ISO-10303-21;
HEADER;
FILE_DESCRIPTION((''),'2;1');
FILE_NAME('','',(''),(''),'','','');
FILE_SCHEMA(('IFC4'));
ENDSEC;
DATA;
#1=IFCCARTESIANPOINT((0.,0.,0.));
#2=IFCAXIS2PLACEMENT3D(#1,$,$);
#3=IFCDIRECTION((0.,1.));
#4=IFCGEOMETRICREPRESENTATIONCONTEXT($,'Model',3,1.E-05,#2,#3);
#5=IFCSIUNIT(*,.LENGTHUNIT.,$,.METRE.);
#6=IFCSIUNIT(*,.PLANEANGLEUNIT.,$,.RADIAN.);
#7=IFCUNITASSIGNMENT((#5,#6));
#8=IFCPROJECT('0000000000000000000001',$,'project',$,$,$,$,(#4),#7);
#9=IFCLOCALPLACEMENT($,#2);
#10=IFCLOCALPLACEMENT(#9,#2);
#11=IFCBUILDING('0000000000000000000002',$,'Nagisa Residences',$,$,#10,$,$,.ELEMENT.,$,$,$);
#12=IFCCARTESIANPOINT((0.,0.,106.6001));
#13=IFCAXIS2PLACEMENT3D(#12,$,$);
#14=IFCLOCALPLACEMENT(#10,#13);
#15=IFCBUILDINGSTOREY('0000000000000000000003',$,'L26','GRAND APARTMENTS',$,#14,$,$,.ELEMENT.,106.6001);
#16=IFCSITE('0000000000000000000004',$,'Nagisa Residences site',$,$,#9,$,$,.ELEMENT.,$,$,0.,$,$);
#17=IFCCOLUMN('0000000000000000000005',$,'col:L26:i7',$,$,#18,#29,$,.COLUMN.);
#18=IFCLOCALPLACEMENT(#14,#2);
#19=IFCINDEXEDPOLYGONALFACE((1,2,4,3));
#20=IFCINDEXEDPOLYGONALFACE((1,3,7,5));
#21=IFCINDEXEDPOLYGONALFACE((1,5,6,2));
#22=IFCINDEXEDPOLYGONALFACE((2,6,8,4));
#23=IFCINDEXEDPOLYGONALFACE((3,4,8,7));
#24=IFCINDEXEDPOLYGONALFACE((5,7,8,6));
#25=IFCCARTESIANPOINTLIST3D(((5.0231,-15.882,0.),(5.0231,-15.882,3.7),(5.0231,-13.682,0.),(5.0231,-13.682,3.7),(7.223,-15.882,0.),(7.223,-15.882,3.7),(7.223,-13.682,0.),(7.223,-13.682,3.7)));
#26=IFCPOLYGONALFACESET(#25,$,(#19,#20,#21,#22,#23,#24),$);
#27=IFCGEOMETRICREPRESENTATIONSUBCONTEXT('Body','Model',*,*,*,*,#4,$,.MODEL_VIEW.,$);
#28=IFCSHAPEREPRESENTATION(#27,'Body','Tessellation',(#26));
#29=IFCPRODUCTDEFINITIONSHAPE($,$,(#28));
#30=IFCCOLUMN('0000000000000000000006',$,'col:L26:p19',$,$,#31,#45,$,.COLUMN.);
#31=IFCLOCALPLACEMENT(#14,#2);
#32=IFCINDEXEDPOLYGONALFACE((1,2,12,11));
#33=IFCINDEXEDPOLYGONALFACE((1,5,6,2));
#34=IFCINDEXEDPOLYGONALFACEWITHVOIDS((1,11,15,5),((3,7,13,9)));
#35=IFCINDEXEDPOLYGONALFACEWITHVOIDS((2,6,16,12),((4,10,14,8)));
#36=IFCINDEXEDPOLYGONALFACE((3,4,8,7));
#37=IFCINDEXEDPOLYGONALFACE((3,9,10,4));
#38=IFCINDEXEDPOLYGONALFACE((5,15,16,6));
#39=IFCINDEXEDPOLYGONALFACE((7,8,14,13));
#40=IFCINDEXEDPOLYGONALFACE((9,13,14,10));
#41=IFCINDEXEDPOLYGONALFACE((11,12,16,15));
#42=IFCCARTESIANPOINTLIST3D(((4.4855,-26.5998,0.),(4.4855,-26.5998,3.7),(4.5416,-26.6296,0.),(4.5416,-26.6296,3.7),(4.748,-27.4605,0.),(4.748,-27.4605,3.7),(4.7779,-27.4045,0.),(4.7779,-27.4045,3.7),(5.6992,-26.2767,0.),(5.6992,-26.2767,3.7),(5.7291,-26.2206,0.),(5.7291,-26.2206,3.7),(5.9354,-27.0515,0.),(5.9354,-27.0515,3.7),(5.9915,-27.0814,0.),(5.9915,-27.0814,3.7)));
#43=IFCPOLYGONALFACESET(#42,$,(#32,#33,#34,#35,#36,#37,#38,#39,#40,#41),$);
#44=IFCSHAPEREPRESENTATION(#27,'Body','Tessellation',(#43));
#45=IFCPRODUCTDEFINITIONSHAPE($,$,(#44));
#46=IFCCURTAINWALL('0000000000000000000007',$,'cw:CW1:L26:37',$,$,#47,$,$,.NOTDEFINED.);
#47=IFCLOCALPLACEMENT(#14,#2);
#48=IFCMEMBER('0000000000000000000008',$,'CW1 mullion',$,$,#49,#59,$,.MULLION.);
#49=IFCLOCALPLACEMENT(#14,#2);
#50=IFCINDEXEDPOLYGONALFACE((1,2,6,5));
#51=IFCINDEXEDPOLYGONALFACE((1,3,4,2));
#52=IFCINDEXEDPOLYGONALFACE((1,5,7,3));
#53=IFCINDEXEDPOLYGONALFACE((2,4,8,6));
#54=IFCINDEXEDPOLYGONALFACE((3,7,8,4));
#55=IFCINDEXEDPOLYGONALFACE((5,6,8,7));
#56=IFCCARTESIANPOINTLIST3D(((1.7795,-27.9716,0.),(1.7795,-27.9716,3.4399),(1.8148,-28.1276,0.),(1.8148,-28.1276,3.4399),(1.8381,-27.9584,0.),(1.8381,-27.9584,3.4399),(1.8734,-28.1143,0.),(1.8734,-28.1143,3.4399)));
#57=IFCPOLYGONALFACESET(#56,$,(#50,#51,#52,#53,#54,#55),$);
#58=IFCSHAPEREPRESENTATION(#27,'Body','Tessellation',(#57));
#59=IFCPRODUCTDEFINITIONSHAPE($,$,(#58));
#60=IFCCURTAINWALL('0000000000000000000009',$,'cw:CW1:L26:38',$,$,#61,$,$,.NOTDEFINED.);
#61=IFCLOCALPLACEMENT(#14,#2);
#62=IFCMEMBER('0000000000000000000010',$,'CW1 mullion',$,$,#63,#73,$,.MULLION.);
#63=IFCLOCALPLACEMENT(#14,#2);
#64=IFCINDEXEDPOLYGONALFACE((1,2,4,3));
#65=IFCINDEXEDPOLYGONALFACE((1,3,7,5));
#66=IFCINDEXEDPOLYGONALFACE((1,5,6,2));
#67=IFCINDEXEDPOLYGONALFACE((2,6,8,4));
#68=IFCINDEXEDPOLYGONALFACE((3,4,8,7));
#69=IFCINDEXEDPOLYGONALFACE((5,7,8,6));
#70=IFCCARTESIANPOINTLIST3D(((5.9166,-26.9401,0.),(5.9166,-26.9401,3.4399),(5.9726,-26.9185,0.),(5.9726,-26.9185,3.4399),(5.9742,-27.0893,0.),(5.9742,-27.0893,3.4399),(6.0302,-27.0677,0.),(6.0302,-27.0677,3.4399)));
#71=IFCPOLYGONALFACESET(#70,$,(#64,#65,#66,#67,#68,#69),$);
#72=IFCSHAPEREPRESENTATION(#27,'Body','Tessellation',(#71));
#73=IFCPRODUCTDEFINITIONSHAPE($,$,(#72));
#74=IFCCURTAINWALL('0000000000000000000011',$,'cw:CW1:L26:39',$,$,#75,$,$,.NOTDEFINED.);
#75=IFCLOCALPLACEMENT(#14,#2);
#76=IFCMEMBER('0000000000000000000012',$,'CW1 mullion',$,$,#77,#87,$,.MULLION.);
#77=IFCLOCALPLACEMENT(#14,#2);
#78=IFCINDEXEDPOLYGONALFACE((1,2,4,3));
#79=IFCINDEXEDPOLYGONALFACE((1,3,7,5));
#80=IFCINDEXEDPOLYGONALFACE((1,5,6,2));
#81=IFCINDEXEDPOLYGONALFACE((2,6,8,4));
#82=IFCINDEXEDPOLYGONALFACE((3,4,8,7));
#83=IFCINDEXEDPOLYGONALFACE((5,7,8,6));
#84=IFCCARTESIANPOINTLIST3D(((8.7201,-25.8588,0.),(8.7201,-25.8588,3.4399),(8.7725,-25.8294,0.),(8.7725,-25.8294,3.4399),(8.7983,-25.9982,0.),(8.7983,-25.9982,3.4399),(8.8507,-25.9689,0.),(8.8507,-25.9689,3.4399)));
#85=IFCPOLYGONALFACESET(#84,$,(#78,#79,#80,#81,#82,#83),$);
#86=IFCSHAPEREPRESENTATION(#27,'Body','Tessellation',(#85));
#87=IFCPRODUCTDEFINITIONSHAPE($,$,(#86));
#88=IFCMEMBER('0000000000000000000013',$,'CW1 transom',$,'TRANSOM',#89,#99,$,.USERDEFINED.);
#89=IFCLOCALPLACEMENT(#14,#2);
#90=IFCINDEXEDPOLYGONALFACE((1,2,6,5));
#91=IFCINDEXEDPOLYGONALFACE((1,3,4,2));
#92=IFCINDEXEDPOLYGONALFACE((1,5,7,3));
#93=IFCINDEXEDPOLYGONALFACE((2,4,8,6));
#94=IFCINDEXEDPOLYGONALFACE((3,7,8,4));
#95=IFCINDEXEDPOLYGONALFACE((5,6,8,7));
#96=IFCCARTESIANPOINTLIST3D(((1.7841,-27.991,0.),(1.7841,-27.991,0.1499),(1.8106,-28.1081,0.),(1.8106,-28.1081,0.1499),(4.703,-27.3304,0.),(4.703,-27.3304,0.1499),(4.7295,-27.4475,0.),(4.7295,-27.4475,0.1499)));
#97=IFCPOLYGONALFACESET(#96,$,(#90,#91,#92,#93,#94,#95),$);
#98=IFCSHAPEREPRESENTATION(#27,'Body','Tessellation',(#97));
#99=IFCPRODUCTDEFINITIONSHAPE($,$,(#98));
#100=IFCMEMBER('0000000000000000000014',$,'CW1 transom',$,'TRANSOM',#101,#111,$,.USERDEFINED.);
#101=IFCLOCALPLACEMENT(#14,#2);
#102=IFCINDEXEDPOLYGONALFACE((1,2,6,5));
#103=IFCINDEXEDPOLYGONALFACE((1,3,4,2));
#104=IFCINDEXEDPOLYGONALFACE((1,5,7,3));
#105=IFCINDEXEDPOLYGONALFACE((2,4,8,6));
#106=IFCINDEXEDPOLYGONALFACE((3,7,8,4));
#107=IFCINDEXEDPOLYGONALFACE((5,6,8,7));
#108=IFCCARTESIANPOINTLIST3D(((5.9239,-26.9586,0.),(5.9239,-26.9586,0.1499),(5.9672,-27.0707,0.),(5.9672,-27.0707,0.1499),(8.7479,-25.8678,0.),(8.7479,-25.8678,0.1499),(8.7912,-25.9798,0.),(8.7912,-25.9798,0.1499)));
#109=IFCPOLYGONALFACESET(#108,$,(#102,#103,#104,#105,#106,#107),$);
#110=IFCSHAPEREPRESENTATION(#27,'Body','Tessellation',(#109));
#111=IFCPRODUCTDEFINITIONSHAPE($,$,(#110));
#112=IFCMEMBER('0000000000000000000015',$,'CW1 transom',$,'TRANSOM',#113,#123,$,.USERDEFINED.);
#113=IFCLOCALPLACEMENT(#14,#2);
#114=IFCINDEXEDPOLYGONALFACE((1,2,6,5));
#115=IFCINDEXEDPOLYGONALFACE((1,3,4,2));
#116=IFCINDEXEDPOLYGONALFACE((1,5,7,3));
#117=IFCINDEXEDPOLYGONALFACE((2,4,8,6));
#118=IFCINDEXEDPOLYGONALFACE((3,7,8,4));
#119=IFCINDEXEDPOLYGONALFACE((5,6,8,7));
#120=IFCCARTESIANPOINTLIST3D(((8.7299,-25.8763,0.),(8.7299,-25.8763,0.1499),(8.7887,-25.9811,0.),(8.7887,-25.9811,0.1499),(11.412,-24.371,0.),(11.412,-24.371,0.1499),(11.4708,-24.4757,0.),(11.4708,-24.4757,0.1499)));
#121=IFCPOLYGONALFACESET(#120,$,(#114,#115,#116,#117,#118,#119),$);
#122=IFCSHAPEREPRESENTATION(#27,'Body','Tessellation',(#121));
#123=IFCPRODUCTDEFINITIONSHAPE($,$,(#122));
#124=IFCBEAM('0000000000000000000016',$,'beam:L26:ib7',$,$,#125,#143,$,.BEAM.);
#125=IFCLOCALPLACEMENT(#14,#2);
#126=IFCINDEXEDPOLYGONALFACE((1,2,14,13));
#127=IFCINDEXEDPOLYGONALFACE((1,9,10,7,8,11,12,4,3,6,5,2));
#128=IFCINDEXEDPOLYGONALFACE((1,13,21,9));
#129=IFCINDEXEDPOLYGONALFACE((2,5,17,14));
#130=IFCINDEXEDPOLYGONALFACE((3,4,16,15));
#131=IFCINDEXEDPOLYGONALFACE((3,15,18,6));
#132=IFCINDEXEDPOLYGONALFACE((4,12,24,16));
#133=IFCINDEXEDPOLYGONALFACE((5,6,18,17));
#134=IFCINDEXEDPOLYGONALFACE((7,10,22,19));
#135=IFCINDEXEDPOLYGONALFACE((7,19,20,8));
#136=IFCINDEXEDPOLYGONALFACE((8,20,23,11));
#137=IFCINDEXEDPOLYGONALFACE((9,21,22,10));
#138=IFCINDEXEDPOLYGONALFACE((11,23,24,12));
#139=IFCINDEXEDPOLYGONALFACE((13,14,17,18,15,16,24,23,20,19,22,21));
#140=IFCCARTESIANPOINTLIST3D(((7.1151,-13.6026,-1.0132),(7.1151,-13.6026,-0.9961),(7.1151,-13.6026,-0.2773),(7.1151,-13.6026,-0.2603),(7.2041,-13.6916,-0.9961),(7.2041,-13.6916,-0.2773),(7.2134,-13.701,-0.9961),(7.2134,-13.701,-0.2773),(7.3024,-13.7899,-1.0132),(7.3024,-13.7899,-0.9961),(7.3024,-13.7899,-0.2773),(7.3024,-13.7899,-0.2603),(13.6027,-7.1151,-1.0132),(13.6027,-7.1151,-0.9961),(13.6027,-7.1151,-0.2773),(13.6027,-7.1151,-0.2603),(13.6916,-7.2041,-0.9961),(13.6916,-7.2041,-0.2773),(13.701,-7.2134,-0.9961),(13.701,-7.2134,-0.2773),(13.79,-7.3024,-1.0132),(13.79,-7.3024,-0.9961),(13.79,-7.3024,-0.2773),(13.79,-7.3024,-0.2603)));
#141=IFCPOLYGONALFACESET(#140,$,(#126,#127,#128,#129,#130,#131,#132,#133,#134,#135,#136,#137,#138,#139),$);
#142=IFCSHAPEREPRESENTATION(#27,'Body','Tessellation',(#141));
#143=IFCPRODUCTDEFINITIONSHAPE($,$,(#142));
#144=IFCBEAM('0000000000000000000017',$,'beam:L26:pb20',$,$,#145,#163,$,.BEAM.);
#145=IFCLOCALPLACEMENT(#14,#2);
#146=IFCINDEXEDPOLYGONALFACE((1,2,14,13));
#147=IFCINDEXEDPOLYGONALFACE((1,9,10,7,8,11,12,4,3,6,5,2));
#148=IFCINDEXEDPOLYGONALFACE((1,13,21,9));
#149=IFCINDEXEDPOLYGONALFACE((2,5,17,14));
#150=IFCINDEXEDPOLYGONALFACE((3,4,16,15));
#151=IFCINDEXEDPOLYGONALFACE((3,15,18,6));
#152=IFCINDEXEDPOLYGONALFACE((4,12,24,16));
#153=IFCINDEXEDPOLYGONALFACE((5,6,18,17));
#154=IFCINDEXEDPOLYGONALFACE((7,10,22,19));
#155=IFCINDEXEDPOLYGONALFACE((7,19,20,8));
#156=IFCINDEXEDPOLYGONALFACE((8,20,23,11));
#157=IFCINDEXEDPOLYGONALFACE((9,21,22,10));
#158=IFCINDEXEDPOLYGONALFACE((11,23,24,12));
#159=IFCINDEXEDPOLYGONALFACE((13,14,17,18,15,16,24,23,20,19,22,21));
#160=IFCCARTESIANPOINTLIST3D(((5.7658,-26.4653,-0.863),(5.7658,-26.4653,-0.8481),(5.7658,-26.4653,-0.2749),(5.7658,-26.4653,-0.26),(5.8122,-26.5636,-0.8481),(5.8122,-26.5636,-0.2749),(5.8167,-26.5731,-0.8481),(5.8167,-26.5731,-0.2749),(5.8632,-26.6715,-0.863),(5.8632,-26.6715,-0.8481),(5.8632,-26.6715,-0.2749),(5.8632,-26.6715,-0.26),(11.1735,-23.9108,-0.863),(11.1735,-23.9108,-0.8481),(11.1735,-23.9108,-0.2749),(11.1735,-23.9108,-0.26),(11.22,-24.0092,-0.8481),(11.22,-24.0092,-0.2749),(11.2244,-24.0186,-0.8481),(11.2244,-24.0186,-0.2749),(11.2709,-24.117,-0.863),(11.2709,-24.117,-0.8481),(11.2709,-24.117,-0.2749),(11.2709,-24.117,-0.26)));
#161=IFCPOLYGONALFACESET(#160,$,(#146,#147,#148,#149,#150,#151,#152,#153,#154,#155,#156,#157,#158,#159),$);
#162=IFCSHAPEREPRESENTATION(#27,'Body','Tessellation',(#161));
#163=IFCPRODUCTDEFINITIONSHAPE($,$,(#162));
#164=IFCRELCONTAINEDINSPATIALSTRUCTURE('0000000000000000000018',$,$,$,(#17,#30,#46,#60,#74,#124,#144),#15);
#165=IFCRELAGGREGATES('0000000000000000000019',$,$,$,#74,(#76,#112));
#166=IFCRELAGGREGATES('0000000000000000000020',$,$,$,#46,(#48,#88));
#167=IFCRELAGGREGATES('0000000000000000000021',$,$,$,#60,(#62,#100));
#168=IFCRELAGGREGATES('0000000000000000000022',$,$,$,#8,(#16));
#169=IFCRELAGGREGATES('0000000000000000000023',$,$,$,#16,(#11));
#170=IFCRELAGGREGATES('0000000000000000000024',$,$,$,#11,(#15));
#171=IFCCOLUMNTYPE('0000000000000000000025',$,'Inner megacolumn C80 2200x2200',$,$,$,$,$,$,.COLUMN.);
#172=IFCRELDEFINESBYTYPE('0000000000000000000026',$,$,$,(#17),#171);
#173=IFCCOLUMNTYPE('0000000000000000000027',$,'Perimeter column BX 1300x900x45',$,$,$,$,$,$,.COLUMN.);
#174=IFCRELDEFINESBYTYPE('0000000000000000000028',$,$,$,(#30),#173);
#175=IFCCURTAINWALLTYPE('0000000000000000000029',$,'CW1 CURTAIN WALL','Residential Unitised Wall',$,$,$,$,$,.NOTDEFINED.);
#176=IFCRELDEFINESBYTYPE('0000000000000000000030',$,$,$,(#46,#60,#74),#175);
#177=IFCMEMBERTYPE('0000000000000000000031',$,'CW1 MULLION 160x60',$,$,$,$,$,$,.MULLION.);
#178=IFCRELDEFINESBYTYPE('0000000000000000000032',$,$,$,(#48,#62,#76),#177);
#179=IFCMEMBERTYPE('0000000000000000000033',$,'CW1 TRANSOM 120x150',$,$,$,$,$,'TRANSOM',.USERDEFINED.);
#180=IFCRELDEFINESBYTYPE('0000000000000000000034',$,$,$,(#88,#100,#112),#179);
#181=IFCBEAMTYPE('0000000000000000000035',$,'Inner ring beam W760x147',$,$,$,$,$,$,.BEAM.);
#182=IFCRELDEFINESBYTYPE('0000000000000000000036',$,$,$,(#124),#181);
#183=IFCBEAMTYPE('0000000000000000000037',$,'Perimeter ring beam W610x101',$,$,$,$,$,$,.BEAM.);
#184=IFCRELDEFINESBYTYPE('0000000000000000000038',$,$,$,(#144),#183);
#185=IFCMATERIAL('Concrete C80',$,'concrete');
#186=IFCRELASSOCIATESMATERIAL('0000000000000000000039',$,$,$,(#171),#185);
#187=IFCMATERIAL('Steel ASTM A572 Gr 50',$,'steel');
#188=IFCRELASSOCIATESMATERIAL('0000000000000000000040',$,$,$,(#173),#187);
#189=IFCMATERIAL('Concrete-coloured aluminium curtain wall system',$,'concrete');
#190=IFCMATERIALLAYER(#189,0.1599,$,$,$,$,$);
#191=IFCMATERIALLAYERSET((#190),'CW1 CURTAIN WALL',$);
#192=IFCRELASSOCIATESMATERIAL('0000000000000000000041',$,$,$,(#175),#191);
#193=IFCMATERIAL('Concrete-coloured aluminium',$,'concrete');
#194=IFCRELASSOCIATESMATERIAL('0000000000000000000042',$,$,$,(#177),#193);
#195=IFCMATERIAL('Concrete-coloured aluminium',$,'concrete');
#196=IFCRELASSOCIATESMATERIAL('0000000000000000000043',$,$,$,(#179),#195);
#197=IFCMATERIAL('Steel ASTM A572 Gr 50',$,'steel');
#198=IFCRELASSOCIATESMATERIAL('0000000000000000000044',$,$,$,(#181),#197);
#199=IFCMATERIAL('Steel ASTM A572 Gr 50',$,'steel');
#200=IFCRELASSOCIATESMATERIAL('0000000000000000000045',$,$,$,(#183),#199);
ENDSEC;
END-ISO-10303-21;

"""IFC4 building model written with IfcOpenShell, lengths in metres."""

from ifc_helpers import new_model, si_unit, direction, frame, origin, origin_2d, place, context, subcontext, project, spatial, rectangle, hollow_rectangle, i_section, extrude, material, layer, layer_set, material_profile, profile_set, type_object, element, aggregate, save


model = new_model("IFC4")

# Units and contexts
model_context = context("Model", 3, precision=1e-05, world=origin(), true_north=direction((0.0, 1.0)))
body_context = subcontext(model_context, "Body", "Model", "MODEL_VIEW")
ifc_project = project(units=[si_unit("LENGTHUNIT", "METRE"), si_unit("PLANEANGLEUNIT", "RADIAN")], contexts=[model_context])

# Site, building, storey
site_placement = place(None, origin())
site = spatial("IfcSite", under=ifc_project, at=site_placement, Name="Nagisa Residences site", CompositionType="ELEMENT", RefElevation=0.0)
building_placement = place(site_placement, origin())
building = spatial("IfcBuilding", under=site, at=building_placement, Name="Nagisa Residences", CompositionType="ELEMENT")
storey_placement = place(building_placement, frame((0.0, 0.0, 106.6001)))
storey = spatial("IfcBuildingStorey", under=building, at=storey_placement, Name="L26", Description="GRAND APARTMENTS", CompositionType="ELEMENT", Elevation=106.6001)

# Columns
ifc_material_1 = material(Name="Concrete C80", Category="concrete")
ifc_material_profile_1 = material_profile(ifc_material_1, rectangle(XDim=2.2, YDim=2.2, at=origin_2d()), Name="C80 2200x2200")
ifc_profile_set_1 = profile_set([ifc_material_profile_1], Name="Concrete C80")
column_type_1 = type_object("IfcColumnType", Name="Inner megacolumn C80 2200x2200", PredefinedType="COLUMN", material=ifc_profile_set_1)
column_1_placement = place(storey_placement, frame((6.123, -14.782, 0.0), z_axis=(0.0, 0.0, 1.0), x_axis=(1.0, 0.0, 0.0)))
element("IfcColumn", 1, at=column_1_placement, inside=storey, type_object=column_type_1, Name="col:L26:i7", PredefinedType="COLUMN", context=body_context, shape_type="SweptSolid", body=[
    extrude(rectangle(XDim=2.2, YDim=2.2, at=origin_2d()), origin(), (0.0, 0.0, 1.0), 3.7),
])
ifc_material_2 = material(Name="Steel ASTM A572 Gr 50", Category="steel")
ifc_material_profile_2 = material_profile(ifc_material_2, hollow_rectangle(XDim=1.3, YDim=0.8999, WallThickness=0.0449, at=origin_2d()), Name="BX 1300x900x45")
ifc_profile_set_2 = profile_set([ifc_material_profile_2], Name="Steel ASTM A572 Gr 50")
column_type_2 = type_object("IfcColumnType", Name="Perimeter column BX 1300x900x45", PredefinedType="COLUMN", material=ifc_profile_set_2)
column_2_placement = place(storey_placement, frame((5.2385, -26.8406, 0.0), z_axis=(0.0, 0.0, 1.0), x_axis=(0.956525, 0.291652, 0.0)))
element("IfcColumn", 2, at=column_2_placement, inside=storey, type_object=column_type_2, Name="col:L26:p19", PredefinedType="COLUMN", context=body_context, shape_type="SweptSolid", body=[
    extrude(hollow_rectangle(XDim=1.3, YDim=0.8999, WallThickness=0.0449, at=origin_2d()), origin(), (0.0, 0.0, 1.0), 3.7),
])

# Curtain walls, members
ifc_material_3 = material(Name="Concrete-coloured aluminium curtain wall system", Category="concrete")
ifc_layer_1 = layer(ifc_material_3, 0.1599)
ifc_layer_set_1 = layer_set([ifc_layer_1], Name="CW1 CURTAIN WALL")
curtain_wall_type = type_object("IfcCurtainWallType", Name="CW1 CURTAIN WALL", Description="Residential Unitised Wall", PredefinedType="NOTDEFINED", material=ifc_layer_set_1)
curtain_wall_1_placement = place(storey_placement, origin())
curtain_wall_1 = element("IfcCurtainWall", 3, at=curtain_wall_1_placement, inside=storey, type_object=curtain_wall_type, Name="cw:CW1:L26:37", PredefinedType="NOTDEFINED")
ifc_material_4 = material(Name="Concrete-coloured aluminium", Category="concrete")
ifc_material_profile_3 = material_profile(ifc_material_4, rectangle(XDim=0.1599, YDim=0.0601, at=origin_2d()), Name="CW1 MULLION 160x60")
ifc_profile_set_3 = profile_set([ifc_material_profile_3], Name="Concrete-coloured aluminium")
member_type_1 = type_object("IfcMemberType", Name="CW1 MULLION 160x60", PredefinedType="MULLION", material=ifc_profile_set_3)
member_1_placement = place(storey_placement, frame((1.8264, -28.043, 0.0), z_axis=(0.0, 0.0, 1.0), x_axis=(-0.220764, 0.975327, 0.0)))
member_1 = element("IfcMember", 4, at=member_1_placement, type_object=member_type_1, Name="CW1 mullion", PredefinedType="MULLION", context=body_context, shape_type="SweptSolid", body=[
    extrude(rectangle(XDim=0.1599, YDim=0.0601, at=origin_2d()), origin(), (0.0, 0.0, 1.0), 3.4399),
])
curtain_wall_2_placement = place(storey_placement, origin())
curtain_wall_2 = element("IfcCurtainWall", 5, at=curtain_wall_2_placement, inside=storey, type_object=curtain_wall_type, Name="cw:CW1:L26:38", PredefinedType="NOTDEFINED")
member_2_placement = place(storey_placement, frame((5.9734, -27.0039, 0.0), z_axis=(0.0, 0.0, 1.0), x_axis=(-0.360328, 0.932826, 0.0)))
member_2 = element("IfcMember", 6, at=member_2_placement, type_object=member_type_1, Name="CW1 mullion", PredefinedType="MULLION", context=body_context, shape_type="SweptSolid", body=[
    extrude(rectangle(XDim=0.1599, YDim=0.0601, at=origin_2d()), origin(), (0.0, 0.0, 1.0), 3.4399),
])
curtain_wall_3_placement = place(storey_placement, origin())
curtain_wall_3 = element("IfcCurtainWall", 7, at=curtain_wall_3_placement, inside=storey, type_object=curtain_wall_type, Name="cw:CW1:L26:39", PredefinedType="NOTDEFINED")
member_3_placement = place(storey_placement, frame((8.7854, -25.9138, 0.0), z_axis=(0.0, 0.0, 1.0), x_axis=(-0.489377, 0.872072, 0.0)))
member_3 = element("IfcMember", 8, at=member_3_placement, type_object=member_type_1, Name="CW1 mullion", PredefinedType="MULLION", context=body_context, shape_type="SweptSolid", body=[
    extrude(rectangle(XDim=0.1599, YDim=0.0601, at=origin_2d()), origin(), (0.0, 0.0, 1.0), 3.4399),
])

# Members
ifc_material_5 = material(Name="Concrete-coloured aluminium", Category="concrete")
ifc_material_profile_4 = material_profile(ifc_material_5, rectangle(XDim=0.1201, YDim=0.1499, at=origin_2d()), Name="CW1 TRANSOM 120x150")
ifc_profile_set_4 = profile_set([ifc_material_profile_4], Name="Concrete-coloured aluminium")
member_type_2 = type_object("IfcMemberType", Name="CW1 TRANSOM 120x150", ElementType="TRANSOM", PredefinedType="USERDEFINED", material=ifc_profile_set_4)
member_4_placement = place(storey_placement, frame((1.7974, -28.0496, 0.075), z_axis=(0.975331, 0.220747, 0.0), x_axis=(-0.220747, 0.975331, 0.0)))
member_4 = element("IfcMember", 9, at=member_4_placement, type_object=member_type_2, Name="CW1 transom", ObjectType="TRANSOM", PredefinedType="USERDEFINED", context=body_context, shape_type="SweptSolid", body=[
    extrude(rectangle(XDim=0.1201, YDim=0.1499, at=origin_2d()), origin(), (0.0, 0.0, 1.0), 2.9927),
])
member_5_placement = place(storey_placement, frame((5.9456, -27.0146, 0.075), z_axis=(0.932827, 0.360324, 0.0), x_axis=(-0.360324, 0.932827, 0.0)))
member_5 = element("IfcMember", 10, at=member_5_placement, type_object=member_type_2, Name="CW1 transom", ObjectType="TRANSOM", PredefinedType="USERDEFINED", context=body_context, shape_type="SweptSolid", body=[
    extrude(rectangle(XDim=0.1201, YDim=0.1499, at=origin_2d()), origin(), (0.0, 0.0, 1.0), 3.0273),
])
member_6_placement = place(storey_placement, frame((8.7593, -25.9287, 0.075), z_axis=(0.872037, 0.489439, 0.0), x_axis=(-0.489439, 0.872037, 0.0)))
member_6 = element("IfcMember", 11, at=member_6_placement, type_object=member_type_2, Name="CW1 transom", ObjectType="TRANSOM", PredefinedType="USERDEFINED", context=body_context, shape_type="SweptSolid", body=[
    extrude(rectangle(XDim=0.1201, YDim=0.1499, at=origin_2d()), origin(), (0.0, 0.0, 1.0), 3.0757),
])
aggregate(curtain_wall_3, [member_3, member_6])

# Beams
ifc_material_6 = material(Name="Steel ASTM A572 Gr 50", Category="steel")
ifc_material_profile_5 = material_profile(ifc_material_6, i_section(OverallWidth=0.2649, OverallDepth=0.7529, WebThickness=0.0132, FlangeThickness=0.0171, at=origin_2d()), Name="W760x147")
ifc_profile_set_5 = profile_set([ifc_material_profile_5], Name="Steel ASTM A572 Gr 50")
beam_type_1 = type_object("IfcBeamType", Name="Inner ring beam W760x147", PredefinedType="BEAM", material=ifc_profile_set_5)
beam_1_placement = place(storey_placement, frame((7.2087, -13.6963, -0.6367), z_axis=(0.707107, 0.707107, 0.0), x_axis=(-0.707107, 0.707107, 0.0)))
element("IfcBeam", 12, at=beam_1_placement, inside=storey, type_object=beam_type_1, Name="beam:L26:ib7", PredefinedType="BEAM", context=body_context, shape_type="SweptSolid", body=[
    extrude(i_section(OverallWidth=0.2649, OverallDepth=0.7529, WebThickness=0.0132, FlangeThickness=0.0171, at=origin_2d()), origin(), (0.0, 0.0, 1.0), 9.1748),
])
ifc_material_7 = material(Name="Steel ASTM A572 Gr 50", Category="steel")
ifc_material_profile_6 = material_profile(ifc_material_7, i_section(OverallWidth=0.228, OverallDepth=0.603, WebThickness=0.0105, FlangeThickness=0.0149, at=origin_2d()), Name="W610x101")
ifc_profile_set_6 = profile_set([ifc_material_profile_6], Name="Steel ASTM A572 Gr 50")
beam_type_2 = type_object("IfcBeamType", Name="Perimeter ring beam W610x101", PredefinedType="BEAM", material=ifc_profile_set_6)
beam_2_placement = place(storey_placement, frame((5.8145, -26.5684, -0.5615), z_axis=(0.904197, 0.427116, 0.0), x_axis=(-0.427116, 0.904197, 0.0)))
element("IfcBeam", 13, at=beam_2_placement, inside=storey, type_object=beam_type_2, Name="beam:L26:pb20", PredefinedType="BEAM", context=body_context, shape_type="SweptSolid", body=[
    extrude(i_section(OverallWidth=0.228, OverallDepth=0.603, WebThickness=0.0105, FlangeThickness=0.0149, at=origin_2d()), origin(), (0.0, 0.0, 1.0), 5.9807),
])

aggregate(curtain_wall_1, [member_1, member_4])
aggregate(curtain_wall_2, [member_2, member_5])

save(model, "model.ifc")
